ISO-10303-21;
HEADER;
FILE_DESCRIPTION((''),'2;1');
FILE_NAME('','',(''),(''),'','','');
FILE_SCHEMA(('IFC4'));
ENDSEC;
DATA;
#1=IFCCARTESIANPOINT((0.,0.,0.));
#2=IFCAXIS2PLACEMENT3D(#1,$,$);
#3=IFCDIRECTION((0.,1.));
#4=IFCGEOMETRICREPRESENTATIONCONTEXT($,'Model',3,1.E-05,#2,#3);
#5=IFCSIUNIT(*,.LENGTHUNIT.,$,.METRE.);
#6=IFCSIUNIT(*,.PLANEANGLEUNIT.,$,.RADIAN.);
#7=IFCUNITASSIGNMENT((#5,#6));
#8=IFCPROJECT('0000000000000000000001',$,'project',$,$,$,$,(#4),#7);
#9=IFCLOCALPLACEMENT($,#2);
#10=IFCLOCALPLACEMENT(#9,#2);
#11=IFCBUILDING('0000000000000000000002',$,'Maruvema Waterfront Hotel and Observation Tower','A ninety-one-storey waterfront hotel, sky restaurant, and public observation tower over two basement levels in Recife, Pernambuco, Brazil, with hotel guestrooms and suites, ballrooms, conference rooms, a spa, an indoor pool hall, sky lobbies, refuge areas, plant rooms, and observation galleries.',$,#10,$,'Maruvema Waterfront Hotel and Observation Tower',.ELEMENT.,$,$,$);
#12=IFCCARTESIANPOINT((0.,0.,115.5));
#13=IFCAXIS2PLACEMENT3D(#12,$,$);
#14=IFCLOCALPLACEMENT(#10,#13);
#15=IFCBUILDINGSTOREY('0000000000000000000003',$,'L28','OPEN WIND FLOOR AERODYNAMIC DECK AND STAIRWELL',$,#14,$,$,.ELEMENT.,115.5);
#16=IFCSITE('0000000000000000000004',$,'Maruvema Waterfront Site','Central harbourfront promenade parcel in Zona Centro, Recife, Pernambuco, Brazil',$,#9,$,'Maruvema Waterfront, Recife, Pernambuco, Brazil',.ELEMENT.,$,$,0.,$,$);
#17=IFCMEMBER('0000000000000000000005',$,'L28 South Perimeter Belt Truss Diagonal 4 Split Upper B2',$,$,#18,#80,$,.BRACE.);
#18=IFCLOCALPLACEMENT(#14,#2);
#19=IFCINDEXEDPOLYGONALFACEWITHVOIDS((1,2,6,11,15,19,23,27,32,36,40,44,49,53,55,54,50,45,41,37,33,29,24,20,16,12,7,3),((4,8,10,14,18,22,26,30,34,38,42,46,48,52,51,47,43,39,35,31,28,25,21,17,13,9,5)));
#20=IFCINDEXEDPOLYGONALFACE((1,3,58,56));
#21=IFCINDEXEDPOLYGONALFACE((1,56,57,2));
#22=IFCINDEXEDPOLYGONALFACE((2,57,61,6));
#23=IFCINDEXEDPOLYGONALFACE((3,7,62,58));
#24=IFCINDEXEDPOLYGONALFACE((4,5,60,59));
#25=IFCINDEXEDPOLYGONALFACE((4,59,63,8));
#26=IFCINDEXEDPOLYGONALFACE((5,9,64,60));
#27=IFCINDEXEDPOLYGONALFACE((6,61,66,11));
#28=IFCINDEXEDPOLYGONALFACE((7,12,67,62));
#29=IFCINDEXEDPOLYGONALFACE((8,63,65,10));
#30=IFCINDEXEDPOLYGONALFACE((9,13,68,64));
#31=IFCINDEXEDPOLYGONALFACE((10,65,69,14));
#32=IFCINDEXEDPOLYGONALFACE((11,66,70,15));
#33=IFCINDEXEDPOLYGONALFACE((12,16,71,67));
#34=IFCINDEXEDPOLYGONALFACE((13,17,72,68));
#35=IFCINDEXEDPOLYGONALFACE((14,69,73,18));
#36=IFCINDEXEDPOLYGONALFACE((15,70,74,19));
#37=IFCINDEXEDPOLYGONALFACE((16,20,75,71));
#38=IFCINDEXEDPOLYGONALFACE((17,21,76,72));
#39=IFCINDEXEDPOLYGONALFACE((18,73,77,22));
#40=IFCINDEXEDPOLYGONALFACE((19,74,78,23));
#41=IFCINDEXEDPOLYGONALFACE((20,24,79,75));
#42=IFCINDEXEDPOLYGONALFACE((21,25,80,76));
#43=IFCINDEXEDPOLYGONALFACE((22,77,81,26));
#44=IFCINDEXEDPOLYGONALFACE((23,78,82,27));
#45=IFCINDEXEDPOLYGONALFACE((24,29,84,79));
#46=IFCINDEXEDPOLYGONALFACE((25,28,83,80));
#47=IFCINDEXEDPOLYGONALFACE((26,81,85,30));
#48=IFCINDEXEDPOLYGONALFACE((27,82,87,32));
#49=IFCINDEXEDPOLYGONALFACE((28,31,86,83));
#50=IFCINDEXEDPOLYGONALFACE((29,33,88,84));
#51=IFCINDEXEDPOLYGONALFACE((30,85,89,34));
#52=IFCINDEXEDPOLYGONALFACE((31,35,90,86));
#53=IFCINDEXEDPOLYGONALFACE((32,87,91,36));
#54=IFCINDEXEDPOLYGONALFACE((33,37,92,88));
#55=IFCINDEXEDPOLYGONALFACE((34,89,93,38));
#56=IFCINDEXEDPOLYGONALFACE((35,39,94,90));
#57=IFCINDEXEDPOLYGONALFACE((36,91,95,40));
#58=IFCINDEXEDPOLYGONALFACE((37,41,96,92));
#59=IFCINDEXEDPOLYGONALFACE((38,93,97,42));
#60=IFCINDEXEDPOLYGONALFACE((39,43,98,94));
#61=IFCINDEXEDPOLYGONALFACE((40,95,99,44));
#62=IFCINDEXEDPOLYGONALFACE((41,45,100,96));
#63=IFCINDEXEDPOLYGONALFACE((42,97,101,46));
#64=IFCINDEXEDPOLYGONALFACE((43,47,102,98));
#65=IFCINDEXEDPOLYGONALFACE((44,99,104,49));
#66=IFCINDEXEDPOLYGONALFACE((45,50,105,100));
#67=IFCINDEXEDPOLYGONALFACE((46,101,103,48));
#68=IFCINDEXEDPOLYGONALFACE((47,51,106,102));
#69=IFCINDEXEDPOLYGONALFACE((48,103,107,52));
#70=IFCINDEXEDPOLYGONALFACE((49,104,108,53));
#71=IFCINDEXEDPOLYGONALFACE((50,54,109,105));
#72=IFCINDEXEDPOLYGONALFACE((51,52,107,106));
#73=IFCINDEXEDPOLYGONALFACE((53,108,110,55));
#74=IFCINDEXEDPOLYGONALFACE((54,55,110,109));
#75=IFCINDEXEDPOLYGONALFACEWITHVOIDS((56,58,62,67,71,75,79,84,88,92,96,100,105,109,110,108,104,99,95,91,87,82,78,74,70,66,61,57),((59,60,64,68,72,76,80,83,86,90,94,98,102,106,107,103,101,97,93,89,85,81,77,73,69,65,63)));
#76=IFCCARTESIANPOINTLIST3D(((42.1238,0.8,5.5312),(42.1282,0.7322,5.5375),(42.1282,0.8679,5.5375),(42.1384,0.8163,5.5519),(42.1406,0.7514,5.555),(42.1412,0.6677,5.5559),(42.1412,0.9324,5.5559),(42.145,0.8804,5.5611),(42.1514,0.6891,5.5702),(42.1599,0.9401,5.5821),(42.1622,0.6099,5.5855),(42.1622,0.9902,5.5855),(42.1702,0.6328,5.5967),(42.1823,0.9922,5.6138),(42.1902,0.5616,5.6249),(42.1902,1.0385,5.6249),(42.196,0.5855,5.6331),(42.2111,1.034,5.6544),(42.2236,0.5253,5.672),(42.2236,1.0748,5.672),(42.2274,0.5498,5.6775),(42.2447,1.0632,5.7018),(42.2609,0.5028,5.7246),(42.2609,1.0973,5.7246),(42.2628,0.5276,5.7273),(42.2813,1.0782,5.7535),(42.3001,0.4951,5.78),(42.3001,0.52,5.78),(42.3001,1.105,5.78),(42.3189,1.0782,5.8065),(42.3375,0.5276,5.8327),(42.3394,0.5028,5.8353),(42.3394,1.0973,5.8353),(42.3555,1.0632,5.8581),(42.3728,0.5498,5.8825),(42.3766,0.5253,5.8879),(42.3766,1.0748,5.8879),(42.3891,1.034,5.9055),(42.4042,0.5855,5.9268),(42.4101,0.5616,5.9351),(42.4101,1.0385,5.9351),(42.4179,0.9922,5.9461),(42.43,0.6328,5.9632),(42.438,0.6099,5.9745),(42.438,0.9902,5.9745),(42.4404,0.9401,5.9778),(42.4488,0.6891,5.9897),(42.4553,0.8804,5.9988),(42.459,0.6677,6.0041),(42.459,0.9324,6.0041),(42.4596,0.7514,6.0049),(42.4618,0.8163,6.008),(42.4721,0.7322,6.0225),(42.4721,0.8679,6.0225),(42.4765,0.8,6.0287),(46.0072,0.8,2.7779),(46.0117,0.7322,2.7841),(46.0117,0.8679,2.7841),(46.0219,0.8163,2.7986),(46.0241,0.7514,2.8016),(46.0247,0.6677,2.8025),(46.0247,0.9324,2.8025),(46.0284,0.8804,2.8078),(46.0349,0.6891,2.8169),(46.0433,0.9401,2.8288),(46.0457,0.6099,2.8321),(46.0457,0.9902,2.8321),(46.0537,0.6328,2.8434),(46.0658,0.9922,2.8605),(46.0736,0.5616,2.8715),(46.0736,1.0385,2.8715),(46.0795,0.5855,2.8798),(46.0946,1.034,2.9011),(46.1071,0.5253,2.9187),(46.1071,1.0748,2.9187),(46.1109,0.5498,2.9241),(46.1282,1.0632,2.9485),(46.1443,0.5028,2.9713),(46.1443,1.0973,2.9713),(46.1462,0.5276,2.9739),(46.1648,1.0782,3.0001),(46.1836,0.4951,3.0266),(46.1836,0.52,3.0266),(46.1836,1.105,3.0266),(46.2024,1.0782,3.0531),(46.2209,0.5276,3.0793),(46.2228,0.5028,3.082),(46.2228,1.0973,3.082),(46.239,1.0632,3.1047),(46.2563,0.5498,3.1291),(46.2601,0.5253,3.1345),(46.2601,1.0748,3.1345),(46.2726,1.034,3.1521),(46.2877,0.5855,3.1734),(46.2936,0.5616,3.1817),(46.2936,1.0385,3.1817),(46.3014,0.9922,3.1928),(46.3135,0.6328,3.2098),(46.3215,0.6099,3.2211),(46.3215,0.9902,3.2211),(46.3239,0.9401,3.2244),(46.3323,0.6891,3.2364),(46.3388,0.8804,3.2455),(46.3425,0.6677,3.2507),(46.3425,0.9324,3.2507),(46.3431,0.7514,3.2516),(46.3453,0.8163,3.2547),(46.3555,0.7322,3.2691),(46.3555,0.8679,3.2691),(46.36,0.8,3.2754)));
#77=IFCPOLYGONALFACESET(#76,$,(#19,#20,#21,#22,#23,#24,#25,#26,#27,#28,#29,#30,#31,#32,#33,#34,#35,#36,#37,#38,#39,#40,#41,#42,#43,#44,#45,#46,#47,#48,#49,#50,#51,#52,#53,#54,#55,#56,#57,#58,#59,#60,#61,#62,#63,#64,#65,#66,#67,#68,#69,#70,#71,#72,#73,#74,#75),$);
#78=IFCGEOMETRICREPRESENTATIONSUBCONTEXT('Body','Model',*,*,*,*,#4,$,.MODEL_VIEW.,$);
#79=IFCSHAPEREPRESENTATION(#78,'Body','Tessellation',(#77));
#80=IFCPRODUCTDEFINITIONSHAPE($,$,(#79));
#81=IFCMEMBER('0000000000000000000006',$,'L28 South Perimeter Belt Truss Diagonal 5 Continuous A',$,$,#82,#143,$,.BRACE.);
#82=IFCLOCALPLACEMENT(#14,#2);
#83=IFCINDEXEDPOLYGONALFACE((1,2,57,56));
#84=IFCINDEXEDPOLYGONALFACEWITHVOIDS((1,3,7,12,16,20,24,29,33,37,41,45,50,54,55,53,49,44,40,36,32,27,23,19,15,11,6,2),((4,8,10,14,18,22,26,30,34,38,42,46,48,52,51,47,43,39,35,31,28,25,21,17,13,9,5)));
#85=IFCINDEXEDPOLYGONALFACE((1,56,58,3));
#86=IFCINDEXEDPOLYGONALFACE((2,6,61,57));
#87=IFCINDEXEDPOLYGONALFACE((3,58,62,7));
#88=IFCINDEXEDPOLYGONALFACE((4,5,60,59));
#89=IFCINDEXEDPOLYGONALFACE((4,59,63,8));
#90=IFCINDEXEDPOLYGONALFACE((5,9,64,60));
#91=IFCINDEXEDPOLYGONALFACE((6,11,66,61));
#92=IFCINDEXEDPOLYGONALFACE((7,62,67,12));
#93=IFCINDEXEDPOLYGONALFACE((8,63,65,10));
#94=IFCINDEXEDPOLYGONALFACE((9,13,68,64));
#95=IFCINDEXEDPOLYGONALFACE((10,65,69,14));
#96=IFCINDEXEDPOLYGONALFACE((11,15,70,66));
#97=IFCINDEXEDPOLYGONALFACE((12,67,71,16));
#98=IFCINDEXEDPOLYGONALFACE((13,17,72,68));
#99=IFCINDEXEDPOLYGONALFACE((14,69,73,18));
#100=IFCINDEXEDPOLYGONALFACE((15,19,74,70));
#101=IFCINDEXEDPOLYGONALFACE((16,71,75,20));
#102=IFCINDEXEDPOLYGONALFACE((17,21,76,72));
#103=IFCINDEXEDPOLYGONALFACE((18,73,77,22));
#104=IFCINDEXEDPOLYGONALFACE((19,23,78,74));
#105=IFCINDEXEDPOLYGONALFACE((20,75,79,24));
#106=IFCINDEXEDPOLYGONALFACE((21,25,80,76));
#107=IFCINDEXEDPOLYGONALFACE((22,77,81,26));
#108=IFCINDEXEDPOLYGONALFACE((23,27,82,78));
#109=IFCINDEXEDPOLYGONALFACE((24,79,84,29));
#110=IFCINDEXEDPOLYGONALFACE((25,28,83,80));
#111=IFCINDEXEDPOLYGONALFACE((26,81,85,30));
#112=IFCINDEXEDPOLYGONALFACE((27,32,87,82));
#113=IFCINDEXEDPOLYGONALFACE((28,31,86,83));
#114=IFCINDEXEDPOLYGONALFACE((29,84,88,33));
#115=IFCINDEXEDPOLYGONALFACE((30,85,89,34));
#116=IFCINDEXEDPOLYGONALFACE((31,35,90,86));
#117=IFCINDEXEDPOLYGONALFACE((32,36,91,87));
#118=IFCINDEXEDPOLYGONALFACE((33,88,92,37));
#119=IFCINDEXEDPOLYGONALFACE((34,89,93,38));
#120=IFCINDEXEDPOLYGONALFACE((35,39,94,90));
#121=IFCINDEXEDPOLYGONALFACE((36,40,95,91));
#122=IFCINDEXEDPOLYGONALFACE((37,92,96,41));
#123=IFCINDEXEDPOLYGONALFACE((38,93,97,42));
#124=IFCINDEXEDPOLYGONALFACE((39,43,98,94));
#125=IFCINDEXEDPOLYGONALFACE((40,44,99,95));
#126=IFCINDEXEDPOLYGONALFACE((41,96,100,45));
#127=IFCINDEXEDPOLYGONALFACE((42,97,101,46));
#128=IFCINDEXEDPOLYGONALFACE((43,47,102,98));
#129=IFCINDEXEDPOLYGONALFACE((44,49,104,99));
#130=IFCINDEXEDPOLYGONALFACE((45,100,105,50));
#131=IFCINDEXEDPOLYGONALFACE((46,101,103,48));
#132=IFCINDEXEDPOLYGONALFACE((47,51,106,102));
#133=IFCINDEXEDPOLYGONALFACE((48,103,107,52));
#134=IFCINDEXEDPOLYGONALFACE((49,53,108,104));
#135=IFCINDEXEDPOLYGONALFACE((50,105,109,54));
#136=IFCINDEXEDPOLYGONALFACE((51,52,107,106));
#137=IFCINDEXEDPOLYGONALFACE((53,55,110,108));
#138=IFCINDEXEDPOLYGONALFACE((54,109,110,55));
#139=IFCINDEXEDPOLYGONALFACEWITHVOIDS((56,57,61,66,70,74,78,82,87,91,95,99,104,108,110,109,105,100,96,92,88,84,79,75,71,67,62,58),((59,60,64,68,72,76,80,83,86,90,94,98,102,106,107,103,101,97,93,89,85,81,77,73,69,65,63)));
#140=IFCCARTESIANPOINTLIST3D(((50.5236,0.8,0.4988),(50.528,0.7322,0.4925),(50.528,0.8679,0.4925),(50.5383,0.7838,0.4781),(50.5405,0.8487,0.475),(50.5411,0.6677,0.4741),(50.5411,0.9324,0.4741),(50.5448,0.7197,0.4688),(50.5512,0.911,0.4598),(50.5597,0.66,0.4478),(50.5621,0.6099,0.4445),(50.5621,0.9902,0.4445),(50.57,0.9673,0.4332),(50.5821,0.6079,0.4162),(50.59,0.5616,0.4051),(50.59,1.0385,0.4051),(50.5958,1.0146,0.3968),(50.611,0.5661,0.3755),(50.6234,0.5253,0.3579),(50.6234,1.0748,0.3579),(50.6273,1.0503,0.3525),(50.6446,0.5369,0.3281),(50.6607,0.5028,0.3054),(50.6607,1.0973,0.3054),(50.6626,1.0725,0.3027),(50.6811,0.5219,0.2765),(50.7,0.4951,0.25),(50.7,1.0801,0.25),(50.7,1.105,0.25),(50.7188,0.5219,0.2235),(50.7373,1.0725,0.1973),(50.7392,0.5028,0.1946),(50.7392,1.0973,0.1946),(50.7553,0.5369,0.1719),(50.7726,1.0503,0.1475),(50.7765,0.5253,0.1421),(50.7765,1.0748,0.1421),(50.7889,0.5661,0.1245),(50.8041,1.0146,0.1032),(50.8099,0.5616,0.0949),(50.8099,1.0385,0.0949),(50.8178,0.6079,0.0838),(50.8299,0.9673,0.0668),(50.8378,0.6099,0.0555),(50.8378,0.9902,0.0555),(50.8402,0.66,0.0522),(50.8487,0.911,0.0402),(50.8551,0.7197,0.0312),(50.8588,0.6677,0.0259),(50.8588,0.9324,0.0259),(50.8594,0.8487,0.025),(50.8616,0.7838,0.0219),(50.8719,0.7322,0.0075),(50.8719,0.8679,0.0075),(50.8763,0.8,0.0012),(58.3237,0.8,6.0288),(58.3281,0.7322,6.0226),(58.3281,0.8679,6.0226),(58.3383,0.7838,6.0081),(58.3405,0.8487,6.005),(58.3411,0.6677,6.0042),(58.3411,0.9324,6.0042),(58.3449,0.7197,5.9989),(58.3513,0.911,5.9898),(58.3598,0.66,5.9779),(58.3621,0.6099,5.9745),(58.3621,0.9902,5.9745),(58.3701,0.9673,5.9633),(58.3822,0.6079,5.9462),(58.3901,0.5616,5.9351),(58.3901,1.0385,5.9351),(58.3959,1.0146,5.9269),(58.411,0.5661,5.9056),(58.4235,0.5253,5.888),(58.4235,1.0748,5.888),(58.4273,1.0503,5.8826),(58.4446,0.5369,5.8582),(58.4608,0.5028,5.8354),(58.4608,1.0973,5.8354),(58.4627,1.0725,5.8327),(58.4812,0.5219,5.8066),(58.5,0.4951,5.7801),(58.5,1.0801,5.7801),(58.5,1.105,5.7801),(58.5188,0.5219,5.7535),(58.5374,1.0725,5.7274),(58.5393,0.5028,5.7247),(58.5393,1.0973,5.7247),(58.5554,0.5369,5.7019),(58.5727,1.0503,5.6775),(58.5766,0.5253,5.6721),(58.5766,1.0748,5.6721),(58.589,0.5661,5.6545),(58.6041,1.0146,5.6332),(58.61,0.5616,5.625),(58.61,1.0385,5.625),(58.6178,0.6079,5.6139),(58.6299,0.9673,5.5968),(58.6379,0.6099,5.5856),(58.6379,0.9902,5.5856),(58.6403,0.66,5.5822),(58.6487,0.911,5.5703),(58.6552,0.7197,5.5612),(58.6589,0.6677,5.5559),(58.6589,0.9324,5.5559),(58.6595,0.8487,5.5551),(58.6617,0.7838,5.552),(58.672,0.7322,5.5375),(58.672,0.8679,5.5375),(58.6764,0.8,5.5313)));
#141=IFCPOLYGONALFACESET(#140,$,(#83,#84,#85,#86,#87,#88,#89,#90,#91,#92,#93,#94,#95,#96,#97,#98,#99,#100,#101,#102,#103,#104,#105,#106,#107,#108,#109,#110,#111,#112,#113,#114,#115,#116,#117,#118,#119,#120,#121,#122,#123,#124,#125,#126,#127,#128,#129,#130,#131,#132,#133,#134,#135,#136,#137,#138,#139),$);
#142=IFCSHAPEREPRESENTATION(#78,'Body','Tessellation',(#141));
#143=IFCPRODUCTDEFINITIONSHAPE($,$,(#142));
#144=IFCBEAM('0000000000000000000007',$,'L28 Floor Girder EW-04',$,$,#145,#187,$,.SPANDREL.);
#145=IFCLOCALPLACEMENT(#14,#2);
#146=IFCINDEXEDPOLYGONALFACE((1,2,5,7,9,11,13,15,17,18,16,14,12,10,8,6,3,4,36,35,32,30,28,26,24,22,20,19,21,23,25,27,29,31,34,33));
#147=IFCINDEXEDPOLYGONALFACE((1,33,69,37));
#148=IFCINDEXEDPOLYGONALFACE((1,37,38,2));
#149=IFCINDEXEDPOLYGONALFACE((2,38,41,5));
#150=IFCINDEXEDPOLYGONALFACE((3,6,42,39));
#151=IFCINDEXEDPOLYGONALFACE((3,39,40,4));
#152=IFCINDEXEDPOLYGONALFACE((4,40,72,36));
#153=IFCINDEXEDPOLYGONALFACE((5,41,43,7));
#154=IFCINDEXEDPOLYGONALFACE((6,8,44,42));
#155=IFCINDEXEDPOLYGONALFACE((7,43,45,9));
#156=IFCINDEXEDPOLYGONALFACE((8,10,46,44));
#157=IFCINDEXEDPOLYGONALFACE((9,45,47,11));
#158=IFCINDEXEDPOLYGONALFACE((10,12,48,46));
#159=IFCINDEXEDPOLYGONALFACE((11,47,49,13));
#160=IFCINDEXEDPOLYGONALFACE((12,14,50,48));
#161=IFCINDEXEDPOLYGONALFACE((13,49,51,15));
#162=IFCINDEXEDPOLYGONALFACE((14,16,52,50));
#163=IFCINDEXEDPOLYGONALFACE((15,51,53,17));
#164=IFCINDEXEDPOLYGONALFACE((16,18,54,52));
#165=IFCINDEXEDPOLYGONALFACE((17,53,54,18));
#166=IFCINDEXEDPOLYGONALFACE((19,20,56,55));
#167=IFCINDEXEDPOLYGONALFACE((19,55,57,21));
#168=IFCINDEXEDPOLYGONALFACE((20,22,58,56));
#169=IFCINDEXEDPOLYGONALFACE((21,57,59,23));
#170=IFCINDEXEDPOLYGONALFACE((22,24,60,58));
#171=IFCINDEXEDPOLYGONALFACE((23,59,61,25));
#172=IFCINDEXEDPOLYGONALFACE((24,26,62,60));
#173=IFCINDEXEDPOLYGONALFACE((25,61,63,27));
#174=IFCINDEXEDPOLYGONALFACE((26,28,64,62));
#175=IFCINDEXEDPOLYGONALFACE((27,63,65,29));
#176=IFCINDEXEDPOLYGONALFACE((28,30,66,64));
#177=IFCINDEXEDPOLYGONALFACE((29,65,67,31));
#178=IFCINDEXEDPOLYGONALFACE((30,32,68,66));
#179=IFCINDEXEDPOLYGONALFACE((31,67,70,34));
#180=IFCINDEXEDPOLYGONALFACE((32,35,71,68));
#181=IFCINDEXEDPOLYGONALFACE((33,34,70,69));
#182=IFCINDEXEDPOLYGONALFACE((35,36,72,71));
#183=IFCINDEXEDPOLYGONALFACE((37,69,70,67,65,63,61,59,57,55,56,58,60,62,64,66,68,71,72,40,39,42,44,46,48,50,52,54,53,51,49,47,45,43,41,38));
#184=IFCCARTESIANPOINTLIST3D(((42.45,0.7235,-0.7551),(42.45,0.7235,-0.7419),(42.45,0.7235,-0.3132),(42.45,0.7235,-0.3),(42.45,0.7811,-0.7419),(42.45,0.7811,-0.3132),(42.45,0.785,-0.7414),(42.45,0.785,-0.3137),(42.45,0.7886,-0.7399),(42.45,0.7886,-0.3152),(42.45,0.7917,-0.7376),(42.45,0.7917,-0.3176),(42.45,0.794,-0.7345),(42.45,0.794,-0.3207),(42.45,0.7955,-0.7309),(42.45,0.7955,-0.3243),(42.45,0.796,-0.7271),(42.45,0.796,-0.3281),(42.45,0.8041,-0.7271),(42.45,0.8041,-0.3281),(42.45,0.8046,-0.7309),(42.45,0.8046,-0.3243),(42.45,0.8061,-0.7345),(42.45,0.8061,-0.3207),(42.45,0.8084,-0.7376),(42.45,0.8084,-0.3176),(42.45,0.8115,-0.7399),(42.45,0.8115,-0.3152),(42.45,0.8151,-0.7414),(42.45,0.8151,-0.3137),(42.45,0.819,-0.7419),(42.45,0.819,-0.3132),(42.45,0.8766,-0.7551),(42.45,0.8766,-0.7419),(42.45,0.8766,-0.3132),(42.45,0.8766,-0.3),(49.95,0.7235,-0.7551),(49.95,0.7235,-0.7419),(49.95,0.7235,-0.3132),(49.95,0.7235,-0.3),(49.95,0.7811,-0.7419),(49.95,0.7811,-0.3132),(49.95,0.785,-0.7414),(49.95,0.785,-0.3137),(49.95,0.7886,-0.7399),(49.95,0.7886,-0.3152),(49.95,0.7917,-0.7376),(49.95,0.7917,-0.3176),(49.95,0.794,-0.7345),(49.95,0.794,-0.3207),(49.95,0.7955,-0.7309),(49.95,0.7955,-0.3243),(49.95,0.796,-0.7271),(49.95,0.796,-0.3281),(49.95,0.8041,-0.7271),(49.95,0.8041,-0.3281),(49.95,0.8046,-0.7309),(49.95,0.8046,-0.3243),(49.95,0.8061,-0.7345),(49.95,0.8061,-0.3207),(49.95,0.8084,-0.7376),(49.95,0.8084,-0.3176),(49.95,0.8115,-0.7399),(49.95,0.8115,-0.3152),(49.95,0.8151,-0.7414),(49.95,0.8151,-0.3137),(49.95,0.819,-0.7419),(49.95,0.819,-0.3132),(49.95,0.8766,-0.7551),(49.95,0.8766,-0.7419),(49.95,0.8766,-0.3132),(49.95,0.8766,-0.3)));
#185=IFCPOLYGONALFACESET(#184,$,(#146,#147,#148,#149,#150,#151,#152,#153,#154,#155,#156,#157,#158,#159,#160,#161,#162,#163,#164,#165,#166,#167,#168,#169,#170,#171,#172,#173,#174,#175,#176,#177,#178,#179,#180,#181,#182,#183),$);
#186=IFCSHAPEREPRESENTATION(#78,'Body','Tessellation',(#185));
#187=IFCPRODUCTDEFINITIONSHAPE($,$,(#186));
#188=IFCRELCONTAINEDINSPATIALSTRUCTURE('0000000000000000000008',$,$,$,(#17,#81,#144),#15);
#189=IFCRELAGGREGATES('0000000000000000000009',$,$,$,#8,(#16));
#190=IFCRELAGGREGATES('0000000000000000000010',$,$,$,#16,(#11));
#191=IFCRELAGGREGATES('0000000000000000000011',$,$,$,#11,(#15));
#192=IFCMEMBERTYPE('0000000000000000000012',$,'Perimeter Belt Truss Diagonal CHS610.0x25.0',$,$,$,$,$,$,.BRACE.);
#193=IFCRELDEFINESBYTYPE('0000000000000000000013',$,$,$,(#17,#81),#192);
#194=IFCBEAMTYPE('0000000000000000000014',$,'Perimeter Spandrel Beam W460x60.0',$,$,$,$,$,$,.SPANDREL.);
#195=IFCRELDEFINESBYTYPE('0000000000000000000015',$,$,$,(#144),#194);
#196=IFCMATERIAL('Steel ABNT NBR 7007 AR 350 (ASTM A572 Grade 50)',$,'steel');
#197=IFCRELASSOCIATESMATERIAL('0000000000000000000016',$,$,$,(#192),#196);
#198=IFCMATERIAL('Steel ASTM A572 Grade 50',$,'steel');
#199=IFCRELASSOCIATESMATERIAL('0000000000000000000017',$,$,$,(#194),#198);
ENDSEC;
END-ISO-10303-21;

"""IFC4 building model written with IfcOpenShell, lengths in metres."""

from ifc_helpers import new_model, si_unit, direction, frame, origin, origin_2d, place, context, subcontext, project, spatial, hollow_circle, i_section, extrude, material, material_profile, profile_set, type_object, element, save


model = new_model("IFC4")

# Units and contexts
model_context = context("Model", 3, precision=1e-05, world=origin(), true_north=direction((0.0, 1.0)))
body_context = subcontext(model_context, "Body", "Model", "MODEL_VIEW")
ifc_project = project(units=[si_unit("LENGTHUNIT", "METRE"), si_unit("PLANEANGLEUNIT", "RADIAN")], contexts=[model_context])

# Site, building, storey
site_placement = place(None, origin())
site = spatial("IfcSite", under=ifc_project, at=site_placement, Name="Maruvema Waterfront Site", Description="Central harbourfront promenade parcel in Zona Centro, Recife, Pernambuco, Brazil", LongName="Maruvema Waterfront, Recife, Pernambuco, Brazil", CompositionType="ELEMENT", RefElevation=0.0)
building_placement = place(site_placement, origin())
building = spatial("IfcBuilding", under=site, at=building_placement, Name="Maruvema Waterfront Hotel and Observation Tower", Description="A ninety-one-storey waterfront hotel, sky restaurant, and public observation tower over two basement levels in Recife, Pernambuco, Brazil, with hotel guestrooms and suites, ballrooms, conference rooms, a spa, an indoor pool hall, sky lobbies, refuge areas, plant rooms, and observation galleries.", LongName="Maruvema Waterfront Hotel and Observation Tower", CompositionType="ELEMENT")
storey_placement = place(building_placement, frame((0.0, 0.0, 115.5)))
storey = spatial("IfcBuildingStorey", under=building, at=storey_placement, Name="L28", Description="OPEN WIND FLOOR AERODYNAMIC DECK AND STAIRWELL", CompositionType="ELEMENT", Elevation=115.5)

# Members
ifc_material_1 = material(Name="Steel ABNT NBR 7007 AR 350 (ASTM A572 Grade 50)", Category="steel")
ifc_material_profile_1 = material_profile(ifc_material_1, hollow_circle(Radius=0.3049, WallThickness=0.0249, at=origin_2d()), Name="CHS610.0x25.0")
ifc_profile_set_1 = profile_set([ifc_material_profile_1], Name="Steel ABNT NBR 7007 AR 350 (ASTM A572 Grade 50)")
member_type_1 = type_object("IfcMemberType", Name="Perimeter Belt Truss Diagonal CHS610.0x25.0", PredefinedType="BRACE", material=ifc_profile_set_1)
member_1_placement = place(storey_placement, frame((46.1836, 0.8, 3.0266), z_axis=(-0.815769, 0.0, 0.578377), x_axis=(0.0, -1.0, 0.0)))
element("IfcMember", 1, at=member_1_placement, inside=storey, type_object=member_type_1, Name="L28 South Perimeter Belt Truss Diagonal 4 Split Upper B2", PredefinedType="BRACE", context=body_context, shape_type="SweptSolid", body=[
    extrude(hollow_circle(Radius=0.3049, WallThickness=0.0249, at=origin_2d()), origin(), (0.0, 0.0, 1.0), 4.7605),
])
member_2_placement = place(storey_placement, frame((50.7, 0.8, 0.25), z_axis=(0.815778, 0.0, 0.578365), x_axis=(0.0, 1.0, 0.0)))
element("IfcMember", 2, at=member_2_placement, inside=storey, type_object=member_type_1, Name="L28 South Perimeter Belt Truss Diagonal 5 Continuous A", PredefinedType="BRACE", context=body_context, shape_type="SweptSolid", body=[
    extrude(hollow_circle(Radius=0.3049, WallThickness=0.0249, at=origin_2d()), origin(), (0.0, 0.0, 1.0), 9.5615),
])

# Beam
ifc_material_2 = material(Name="Steel ASTM A572 Grade 50", Category="steel")
ifc_material_profile_2 = material_profile(ifc_material_2, i_section(OverallWidth=0.1531, OverallDepth=0.4551, WebThickness=0.0081, FlangeThickness=0.0132, FilletRadius=0.0149, at=origin_2d()), Name="W460x60.0")
ifc_profile_set_2 = profile_set([ifc_material_profile_2], Name="Steel ASTM A572 Grade 50")
beam_type_1 = type_object("IfcBeamType", Name="Perimeter Spandrel Beam W460x60.0", PredefinedType="SPANDREL", material=ifc_profile_set_2)
for number, where, z_axis, x_axis, name in (
    (3, (42.45, 0.8, -0.5276), (1.0, 0.0, 0.0), (0.0, 1.0, 0.0), "L28 Floor Girder EW-04"),
):
    element("IfcBeam", number, at=place(storey_placement, frame(where, z_axis=z_axis, x_axis=x_axis)), inside=storey, type_object=beam_type_1, Name=name, PredefinedType="SPANDREL", context=body_context, shape_type="SweptSolid", body=[
        extrude(i_section(OverallWidth=0.1531, OverallDepth=0.4551, WebThickness=0.0081, FlangeThickness=0.0132, FilletRadius=0.0149, at=origin_2d()), origin(), (0.0, 0.0, 1.0), 7.5),
    ])

save(model, "model.ifc")
